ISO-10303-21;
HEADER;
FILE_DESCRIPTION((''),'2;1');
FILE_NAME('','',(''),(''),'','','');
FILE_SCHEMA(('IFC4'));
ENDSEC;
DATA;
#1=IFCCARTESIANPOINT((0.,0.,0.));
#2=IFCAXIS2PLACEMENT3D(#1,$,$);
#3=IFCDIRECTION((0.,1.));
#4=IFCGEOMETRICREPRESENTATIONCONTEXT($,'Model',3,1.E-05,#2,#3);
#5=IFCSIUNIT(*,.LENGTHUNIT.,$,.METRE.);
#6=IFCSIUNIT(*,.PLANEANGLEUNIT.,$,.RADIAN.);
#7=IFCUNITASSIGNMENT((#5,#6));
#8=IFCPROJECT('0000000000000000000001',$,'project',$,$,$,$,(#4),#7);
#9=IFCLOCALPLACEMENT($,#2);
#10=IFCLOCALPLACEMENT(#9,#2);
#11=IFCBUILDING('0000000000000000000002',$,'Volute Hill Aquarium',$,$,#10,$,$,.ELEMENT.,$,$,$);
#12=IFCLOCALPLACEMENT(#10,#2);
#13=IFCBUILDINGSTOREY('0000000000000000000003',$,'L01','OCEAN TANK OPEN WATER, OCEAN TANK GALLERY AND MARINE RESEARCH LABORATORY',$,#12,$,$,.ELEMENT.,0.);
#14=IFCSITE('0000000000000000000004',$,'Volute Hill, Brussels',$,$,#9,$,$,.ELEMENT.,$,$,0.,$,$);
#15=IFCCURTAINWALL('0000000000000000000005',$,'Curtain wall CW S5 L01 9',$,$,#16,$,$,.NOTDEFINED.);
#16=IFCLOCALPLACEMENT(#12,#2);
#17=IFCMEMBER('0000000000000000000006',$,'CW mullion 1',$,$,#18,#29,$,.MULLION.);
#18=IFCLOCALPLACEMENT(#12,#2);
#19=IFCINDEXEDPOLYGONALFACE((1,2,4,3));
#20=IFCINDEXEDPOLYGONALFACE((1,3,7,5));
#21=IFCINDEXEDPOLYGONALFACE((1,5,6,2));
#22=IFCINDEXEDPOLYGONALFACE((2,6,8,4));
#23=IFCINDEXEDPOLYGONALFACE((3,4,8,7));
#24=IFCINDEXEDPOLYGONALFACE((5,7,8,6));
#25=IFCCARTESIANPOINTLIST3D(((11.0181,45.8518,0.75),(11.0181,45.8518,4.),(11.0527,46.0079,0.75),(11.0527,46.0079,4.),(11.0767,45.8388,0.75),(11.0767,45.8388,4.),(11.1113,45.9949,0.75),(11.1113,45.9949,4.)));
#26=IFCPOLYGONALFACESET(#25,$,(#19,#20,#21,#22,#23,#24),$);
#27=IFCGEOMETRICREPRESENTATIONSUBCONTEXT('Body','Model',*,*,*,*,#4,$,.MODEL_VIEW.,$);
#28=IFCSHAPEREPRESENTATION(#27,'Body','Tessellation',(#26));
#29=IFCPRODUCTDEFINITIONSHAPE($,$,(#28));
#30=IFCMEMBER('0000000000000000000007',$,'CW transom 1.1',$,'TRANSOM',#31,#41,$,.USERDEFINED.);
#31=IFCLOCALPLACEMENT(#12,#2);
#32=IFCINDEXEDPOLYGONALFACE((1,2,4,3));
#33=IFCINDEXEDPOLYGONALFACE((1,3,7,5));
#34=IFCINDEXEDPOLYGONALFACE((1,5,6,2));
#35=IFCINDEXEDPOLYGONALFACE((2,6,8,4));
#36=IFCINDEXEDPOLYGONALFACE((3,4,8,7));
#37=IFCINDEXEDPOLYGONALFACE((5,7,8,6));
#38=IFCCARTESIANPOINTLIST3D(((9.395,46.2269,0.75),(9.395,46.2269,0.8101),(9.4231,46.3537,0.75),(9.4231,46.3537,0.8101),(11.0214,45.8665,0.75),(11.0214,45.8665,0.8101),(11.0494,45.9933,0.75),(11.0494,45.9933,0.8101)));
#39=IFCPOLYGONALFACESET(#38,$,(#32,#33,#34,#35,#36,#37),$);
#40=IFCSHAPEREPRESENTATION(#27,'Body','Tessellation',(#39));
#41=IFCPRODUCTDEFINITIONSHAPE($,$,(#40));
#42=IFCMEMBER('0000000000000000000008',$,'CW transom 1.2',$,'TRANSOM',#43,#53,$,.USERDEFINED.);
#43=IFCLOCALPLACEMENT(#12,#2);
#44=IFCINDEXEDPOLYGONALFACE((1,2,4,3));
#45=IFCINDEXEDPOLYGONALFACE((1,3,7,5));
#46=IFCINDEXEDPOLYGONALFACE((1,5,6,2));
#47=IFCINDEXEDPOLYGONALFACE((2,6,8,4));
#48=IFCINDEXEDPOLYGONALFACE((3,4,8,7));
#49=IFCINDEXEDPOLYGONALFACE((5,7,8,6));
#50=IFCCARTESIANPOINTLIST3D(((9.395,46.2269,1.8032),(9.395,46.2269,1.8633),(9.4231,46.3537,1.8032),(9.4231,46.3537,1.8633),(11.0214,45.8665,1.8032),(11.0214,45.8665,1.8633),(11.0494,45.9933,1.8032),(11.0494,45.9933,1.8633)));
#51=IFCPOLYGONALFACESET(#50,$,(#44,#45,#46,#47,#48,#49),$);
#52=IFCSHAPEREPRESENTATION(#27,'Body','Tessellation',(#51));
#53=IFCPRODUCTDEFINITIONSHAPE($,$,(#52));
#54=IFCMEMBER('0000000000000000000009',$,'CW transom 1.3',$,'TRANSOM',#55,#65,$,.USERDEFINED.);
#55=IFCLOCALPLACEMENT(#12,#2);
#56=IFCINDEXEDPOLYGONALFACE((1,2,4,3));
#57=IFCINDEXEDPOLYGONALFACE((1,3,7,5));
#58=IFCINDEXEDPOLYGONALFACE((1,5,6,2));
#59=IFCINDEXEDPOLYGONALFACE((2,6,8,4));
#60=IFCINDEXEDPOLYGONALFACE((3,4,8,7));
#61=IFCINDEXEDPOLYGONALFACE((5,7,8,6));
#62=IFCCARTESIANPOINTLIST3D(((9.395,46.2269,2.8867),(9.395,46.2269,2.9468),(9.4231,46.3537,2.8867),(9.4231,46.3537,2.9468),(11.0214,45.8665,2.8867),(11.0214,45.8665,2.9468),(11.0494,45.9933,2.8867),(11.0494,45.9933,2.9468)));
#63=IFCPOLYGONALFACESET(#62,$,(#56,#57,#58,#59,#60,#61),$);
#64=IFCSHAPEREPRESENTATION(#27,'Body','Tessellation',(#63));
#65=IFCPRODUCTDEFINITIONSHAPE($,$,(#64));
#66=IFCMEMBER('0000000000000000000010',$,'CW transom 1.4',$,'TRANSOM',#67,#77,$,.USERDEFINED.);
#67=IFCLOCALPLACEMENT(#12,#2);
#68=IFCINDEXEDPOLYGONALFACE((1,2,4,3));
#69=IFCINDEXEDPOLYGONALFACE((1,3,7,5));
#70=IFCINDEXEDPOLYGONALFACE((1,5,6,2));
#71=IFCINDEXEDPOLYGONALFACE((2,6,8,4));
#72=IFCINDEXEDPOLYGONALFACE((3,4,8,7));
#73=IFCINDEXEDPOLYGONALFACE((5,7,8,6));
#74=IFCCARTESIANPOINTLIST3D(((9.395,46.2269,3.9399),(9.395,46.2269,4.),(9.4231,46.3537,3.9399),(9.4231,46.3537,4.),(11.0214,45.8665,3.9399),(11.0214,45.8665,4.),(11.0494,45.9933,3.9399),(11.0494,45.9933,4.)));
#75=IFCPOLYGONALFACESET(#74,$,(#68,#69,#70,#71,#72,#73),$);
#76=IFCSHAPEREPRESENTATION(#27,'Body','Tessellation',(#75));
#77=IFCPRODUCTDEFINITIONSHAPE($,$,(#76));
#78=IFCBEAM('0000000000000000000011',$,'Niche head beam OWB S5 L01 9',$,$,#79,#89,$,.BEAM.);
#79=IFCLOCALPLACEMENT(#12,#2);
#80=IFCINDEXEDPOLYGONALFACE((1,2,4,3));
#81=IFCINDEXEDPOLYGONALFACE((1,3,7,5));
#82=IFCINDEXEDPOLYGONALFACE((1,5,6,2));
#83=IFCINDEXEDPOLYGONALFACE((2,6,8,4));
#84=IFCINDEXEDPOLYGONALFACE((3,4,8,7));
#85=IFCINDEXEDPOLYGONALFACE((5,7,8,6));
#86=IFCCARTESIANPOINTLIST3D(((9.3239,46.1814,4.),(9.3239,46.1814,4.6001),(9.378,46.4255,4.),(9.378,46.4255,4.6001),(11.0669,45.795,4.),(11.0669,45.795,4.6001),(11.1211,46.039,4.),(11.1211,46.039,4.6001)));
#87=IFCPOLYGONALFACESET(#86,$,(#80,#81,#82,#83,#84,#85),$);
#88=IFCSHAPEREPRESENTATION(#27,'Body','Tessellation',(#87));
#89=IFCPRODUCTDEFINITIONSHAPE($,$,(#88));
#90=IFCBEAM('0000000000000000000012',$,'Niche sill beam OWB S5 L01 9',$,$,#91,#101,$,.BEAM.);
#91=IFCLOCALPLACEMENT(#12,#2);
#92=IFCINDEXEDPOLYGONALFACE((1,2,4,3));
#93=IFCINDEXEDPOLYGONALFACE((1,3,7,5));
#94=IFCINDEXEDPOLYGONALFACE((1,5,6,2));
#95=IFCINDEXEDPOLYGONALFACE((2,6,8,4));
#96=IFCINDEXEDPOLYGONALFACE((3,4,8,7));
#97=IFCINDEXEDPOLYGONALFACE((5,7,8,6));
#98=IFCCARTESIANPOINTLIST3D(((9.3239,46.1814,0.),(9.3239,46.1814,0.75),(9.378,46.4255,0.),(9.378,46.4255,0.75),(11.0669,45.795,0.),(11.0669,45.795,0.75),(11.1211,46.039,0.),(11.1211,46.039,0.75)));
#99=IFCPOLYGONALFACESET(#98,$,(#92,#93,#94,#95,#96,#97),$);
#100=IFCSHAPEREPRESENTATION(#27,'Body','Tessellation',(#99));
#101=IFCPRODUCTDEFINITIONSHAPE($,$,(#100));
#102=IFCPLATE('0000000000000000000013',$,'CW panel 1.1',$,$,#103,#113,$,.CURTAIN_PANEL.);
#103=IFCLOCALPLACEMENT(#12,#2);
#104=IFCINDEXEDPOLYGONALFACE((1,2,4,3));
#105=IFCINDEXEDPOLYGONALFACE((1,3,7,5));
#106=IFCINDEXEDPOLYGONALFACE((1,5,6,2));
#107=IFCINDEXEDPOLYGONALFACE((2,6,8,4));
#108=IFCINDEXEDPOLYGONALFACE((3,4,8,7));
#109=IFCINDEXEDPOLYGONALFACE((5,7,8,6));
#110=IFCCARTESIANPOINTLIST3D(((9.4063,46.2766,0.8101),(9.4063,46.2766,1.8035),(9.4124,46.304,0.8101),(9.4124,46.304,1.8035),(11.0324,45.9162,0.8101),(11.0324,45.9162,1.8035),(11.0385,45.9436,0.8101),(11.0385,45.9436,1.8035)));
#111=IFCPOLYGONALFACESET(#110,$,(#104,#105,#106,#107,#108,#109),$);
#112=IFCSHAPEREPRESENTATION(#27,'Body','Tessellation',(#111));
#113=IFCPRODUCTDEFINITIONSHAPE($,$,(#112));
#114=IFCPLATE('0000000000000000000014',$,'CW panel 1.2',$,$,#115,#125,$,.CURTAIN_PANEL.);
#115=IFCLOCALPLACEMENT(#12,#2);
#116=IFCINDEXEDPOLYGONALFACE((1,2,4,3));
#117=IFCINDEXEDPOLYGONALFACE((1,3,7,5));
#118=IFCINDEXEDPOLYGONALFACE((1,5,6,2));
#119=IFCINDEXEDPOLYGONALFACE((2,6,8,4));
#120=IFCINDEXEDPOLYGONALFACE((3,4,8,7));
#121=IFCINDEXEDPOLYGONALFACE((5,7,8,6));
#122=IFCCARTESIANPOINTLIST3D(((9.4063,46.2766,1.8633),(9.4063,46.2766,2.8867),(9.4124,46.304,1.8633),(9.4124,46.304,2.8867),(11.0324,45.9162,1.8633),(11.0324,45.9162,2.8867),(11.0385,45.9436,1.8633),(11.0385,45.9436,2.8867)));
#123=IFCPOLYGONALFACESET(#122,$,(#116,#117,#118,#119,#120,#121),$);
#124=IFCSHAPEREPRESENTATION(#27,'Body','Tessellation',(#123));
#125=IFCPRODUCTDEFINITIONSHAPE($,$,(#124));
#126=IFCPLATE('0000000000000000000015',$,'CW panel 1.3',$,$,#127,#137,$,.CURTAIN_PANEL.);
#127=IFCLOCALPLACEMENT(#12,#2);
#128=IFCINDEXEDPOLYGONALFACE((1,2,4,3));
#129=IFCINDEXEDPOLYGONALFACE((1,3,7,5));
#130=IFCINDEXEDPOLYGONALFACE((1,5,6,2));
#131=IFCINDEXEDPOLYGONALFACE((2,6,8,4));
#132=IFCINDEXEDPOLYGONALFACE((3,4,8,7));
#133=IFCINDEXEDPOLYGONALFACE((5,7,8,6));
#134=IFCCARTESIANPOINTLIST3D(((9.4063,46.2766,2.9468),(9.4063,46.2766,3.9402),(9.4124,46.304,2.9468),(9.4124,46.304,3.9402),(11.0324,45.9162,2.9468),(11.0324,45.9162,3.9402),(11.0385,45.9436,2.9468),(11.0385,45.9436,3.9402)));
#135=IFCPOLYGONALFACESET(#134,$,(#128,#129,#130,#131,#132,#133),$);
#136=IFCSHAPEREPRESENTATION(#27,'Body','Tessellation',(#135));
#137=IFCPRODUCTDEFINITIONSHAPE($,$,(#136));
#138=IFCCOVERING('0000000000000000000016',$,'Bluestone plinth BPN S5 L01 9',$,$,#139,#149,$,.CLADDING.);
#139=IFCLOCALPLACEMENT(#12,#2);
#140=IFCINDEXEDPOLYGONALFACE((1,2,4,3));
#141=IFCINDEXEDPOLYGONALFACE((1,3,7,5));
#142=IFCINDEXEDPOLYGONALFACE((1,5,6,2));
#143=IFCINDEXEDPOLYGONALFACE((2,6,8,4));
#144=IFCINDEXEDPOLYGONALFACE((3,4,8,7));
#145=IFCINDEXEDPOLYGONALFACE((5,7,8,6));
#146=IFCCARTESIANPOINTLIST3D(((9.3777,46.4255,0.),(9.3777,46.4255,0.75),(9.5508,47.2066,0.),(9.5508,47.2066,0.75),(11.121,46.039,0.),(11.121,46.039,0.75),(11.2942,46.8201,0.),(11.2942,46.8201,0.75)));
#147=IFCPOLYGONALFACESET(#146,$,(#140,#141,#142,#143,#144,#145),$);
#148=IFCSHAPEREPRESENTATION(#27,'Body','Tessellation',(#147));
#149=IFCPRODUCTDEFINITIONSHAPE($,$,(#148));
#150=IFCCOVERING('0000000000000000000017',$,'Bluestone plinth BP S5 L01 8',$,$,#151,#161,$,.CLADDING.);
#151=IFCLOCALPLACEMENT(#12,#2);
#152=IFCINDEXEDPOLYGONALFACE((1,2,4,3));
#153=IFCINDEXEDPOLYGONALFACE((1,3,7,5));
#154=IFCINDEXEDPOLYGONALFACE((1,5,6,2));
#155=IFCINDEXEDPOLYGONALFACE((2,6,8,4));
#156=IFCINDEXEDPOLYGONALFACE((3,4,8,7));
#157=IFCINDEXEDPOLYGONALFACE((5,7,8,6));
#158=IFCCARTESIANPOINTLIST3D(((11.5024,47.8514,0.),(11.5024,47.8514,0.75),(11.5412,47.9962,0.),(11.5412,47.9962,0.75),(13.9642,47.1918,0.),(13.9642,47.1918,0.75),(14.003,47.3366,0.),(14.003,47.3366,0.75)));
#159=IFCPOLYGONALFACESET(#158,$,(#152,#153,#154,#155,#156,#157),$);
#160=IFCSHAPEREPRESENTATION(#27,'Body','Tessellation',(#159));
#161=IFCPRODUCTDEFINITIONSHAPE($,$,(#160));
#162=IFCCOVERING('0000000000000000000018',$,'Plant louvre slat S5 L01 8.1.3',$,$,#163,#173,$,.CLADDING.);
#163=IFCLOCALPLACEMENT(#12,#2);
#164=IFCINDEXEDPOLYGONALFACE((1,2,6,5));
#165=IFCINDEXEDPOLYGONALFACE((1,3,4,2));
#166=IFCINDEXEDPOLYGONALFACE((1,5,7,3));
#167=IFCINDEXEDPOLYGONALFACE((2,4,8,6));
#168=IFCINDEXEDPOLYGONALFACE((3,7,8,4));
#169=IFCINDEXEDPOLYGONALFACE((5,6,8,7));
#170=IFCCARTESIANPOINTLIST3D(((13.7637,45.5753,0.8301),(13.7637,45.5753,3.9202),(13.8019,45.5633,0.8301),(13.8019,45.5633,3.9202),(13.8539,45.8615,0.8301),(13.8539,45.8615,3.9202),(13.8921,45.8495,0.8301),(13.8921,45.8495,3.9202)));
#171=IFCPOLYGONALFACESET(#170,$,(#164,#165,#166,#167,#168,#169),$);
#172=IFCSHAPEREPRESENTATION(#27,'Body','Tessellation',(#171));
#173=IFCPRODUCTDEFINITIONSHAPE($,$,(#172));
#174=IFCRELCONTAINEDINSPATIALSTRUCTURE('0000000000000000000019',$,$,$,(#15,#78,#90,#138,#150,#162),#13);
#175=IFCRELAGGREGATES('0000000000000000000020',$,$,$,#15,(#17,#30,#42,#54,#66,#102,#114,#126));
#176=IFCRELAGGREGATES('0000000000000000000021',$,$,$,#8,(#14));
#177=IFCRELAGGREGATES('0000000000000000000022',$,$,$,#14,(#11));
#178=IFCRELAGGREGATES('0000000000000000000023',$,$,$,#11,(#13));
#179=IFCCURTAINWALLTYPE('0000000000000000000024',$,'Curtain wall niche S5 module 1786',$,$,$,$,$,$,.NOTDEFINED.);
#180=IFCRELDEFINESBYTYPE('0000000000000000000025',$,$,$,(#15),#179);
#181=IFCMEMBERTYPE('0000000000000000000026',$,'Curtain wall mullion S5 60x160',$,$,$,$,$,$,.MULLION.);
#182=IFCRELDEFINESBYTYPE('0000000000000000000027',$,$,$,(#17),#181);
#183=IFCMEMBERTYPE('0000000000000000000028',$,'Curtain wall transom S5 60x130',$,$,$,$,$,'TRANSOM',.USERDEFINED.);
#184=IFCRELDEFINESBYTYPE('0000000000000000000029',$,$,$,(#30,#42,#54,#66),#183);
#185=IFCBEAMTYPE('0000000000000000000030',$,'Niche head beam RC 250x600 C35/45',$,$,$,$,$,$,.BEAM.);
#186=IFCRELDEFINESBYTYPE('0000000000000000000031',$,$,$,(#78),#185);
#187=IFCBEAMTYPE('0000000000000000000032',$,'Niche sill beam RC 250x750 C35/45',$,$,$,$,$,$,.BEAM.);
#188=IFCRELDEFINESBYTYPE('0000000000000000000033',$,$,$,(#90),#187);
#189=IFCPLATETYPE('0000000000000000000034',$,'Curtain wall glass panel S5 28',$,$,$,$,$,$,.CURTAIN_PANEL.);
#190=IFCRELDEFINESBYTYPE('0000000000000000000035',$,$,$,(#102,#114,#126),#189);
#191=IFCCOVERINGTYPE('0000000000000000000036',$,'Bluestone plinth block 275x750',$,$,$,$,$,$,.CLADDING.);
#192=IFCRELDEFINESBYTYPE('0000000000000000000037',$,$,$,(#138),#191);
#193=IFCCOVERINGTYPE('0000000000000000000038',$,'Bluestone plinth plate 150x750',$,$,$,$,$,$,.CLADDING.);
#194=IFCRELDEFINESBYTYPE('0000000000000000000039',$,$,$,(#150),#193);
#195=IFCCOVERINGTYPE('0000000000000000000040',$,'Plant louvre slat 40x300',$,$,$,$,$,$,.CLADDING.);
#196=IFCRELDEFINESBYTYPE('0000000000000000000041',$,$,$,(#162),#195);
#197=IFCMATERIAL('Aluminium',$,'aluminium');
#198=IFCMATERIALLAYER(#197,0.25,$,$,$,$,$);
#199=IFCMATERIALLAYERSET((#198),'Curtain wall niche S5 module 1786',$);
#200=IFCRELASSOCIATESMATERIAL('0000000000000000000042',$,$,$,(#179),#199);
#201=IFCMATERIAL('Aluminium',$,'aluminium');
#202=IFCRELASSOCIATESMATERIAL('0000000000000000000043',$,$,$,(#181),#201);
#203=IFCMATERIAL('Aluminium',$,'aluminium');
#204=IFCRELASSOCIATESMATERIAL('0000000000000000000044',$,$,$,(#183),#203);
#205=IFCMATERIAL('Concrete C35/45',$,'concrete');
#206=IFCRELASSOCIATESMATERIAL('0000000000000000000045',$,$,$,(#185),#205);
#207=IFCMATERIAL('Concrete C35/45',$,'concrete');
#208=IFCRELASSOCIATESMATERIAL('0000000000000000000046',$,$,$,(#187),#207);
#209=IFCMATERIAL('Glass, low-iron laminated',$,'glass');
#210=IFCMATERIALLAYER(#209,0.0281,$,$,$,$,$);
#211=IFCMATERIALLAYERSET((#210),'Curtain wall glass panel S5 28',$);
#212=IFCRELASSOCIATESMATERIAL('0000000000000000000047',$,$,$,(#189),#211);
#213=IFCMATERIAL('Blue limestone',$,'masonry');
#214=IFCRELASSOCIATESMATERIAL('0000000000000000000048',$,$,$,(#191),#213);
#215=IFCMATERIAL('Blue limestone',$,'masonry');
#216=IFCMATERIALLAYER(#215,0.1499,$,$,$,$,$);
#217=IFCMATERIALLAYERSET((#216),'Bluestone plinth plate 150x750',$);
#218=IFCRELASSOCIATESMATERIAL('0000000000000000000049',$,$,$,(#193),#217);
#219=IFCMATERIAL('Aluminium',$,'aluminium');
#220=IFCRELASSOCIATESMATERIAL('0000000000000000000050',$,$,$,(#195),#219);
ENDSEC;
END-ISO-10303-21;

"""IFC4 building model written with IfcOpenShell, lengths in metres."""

from ifc_helpers import new_model, si_unit, direction, frame, origin, origin_2d, place, context, subcontext, project, spatial, rectangle, extrude, material, layer, layer_set, material_profile, profile_set, type_object, element, aggregate, save


model = new_model("IFC4")

# Units and contexts
model_context = context("Model", 3, precision=1e-05, world=origin(), true_north=direction((0.0, 1.0)))
body_context = subcontext(model_context, "Body", "Model", "MODEL_VIEW")
ifc_project = project(units=[si_unit("LENGTHUNIT", "METRE"), si_unit("PLANEANGLEUNIT", "RADIAN")], contexts=[model_context])

# Site, building, storey
site_placement = place(None, origin())
site = spatial("IfcSite", under=ifc_project, at=site_placement, Name="Volute Hill, Brussels", CompositionType="ELEMENT", RefElevation=0.0)
building_placement = place(site_placement, origin())
building = spatial("IfcBuilding", under=site, at=building_placement, Name="Volute Hill Aquarium", CompositionType="ELEMENT")
storey_placement = place(building_placement, origin())
storey = spatial("IfcBuildingStorey", under=building, at=storey_placement, Name="L01", Description="OCEAN TANK OPEN WATER, OCEAN TANK GALLERY AND MARINE RESEARCH LABORATORY", CompositionType="ELEMENT", Elevation=0.0)

# Curtain wall, members
ifc_material_1 = material(Name="Aluminium", Category="aluminium")
ifc_layer_1 = layer(ifc_material_1, 0.25)
ifc_layer_set_1 = layer_set([ifc_layer_1], Name="Curtain wall niche S5 module 1786")
curtain_wall_type = type_object("IfcCurtainWallType", Name="Curtain wall niche S5 module 1786", PredefinedType="NOTDEFINED", material=ifc_layer_set_1)
curtain_wall_placement = place(storey_placement, origin())
curtain_wall = element("IfcCurtainWall", 1, at=curtain_wall_placement, inside=storey, type_object=curtain_wall_type, Name="Curtain wall CW S5 L01 9", PredefinedType="NOTDEFINED")
ifc_material_2 = material(Name="Aluminium", Category="aluminium")
ifc_material_profile_1 = material_profile(ifc_material_2, rectangle(XDim=0.1599, YDim=0.0601, at=origin_2d()), Name="Curtain wall mullion S5 60x160")
ifc_profile_set_1 = profile_set([ifc_material_profile_1], Name="Aluminium")
member_type_1 = type_object("IfcMemberType", Name="Curtain wall mullion S5 60x160", PredefinedType="MULLION", material=ifc_profile_set_1)
member_1_placement = place(storey_placement, frame((11.0647, 45.9233, 0.75), z_axis=(0.0, 0.0, 1.0), x_axis=(-0.216422, -0.9763, 0.0)))
member_1 = element("IfcMember", 2, at=member_1_placement, type_object=member_type_1, Name="CW mullion 1", PredefinedType="MULLION", context=body_context, shape_type="SweptSolid", body=[
    extrude(rectangle(XDim=0.1599, YDim=0.0601, at=origin_2d()), origin(), (0.0, 0.0, 1.0), 3.25),
])
ifc_material_3 = material(Name="Aluminium", Category="aluminium")
ifc_material_profile_2 = material_profile(ifc_material_3, rectangle(XDim=0.1299, YDim=0.0601, at=origin_2d()), Name="Curtain wall transom S5 60x130")
ifc_profile_set_2 = profile_set([ifc_material_profile_2], Name="Aluminium")
member_type_2 = type_object("IfcMemberType", Name="Curtain wall transom S5 60x130", ElementType="TRANSOM", PredefinedType="USERDEFINED", material=ifc_profile_set_2)
member_2_placement = place(storey_placement, frame((11.0354, 45.9299, 0.78), z_axis=(-0.976318, 0.216341, 0.0), x_axis=(-0.216341, -0.976318, 0.0)))
member_2 = element("IfcMember", 3, at=member_2_placement, type_object=member_type_2, Name="CW transom 1.1", ObjectType="TRANSOM", PredefinedType="USERDEFINED", context=body_context, shape_type="SweptSolid", body=[
    extrude(rectangle(XDim=0.1299, YDim=0.0601, at=origin_2d()), origin(), (0.0, 0.0, 1.0), 1.6658),
])
member_3_placement = place(storey_placement, frame((11.0354, 45.9299, 1.8333), z_axis=(-0.976318, 0.216341, 0.0), x_axis=(-0.216341, -0.976318, 0.0)))
member_3 = element("IfcMember", 4, at=member_3_placement, type_object=member_type_2, Name="CW transom 1.2", ObjectType="TRANSOM", PredefinedType="USERDEFINED", context=body_context, shape_type="SweptSolid", body=[
    extrude(rectangle(XDim=0.1299, YDim=0.0601, at=origin_2d()), origin(), (0.0, 0.0, 1.0), 1.6658),
])
member_4_placement = place(storey_placement, frame((11.0354, 45.9299, 2.9167), z_axis=(-0.976318, 0.216341, 0.0), x_axis=(-0.216341, -0.976318, 0.0)))
member_4 = element("IfcMember", 5, at=member_4_placement, type_object=member_type_2, Name="CW transom 1.3", ObjectType="TRANSOM", PredefinedType="USERDEFINED", context=body_context, shape_type="SweptSolid", body=[
    extrude(rectangle(XDim=0.1299, YDim=0.0601, at=origin_2d()), origin(), (0.0, 0.0, 1.0), 1.6658),
])
member_5_placement = place(storey_placement, frame((11.0354, 45.9299, 3.97), z_axis=(-0.976318, 0.216341, 0.0), x_axis=(-0.216341, -0.976318, 0.0)))
member_5 = element("IfcMember", 6, at=member_5_placement, type_object=member_type_2, Name="CW transom 1.4", ObjectType="TRANSOM", PredefinedType="USERDEFINED", context=body_context, shape_type="SweptSolid", body=[
    extrude(rectangle(XDim=0.1299, YDim=0.0601, at=origin_2d()), origin(), (0.0, 0.0, 1.0), 1.6658),
])

# Beams
ifc_material_4 = material(Name="Concrete C35/45", Category="concrete")
ifc_material_profile_3 = material_profile(ifc_material_4, rectangle(XDim=0.25, YDim=0.6001, at=origin_2d()), Name="RC beam 250x600")
ifc_profile_set_3 = profile_set([ifc_material_profile_3], Name="Concrete C35/45")
beam_type_1 = type_object("IfcBeamType", Name="Niche head beam RC 250x600 C35/45", PredefinedType="BEAM", material=ifc_profile_set_3)
beam_1_placement = place(storey_placement, frame((11.094, 45.917, 4.3), z_axis=(-0.976293, 0.216453, 0.0), x_axis=(-0.216453, -0.976293, 0.0)))
element("IfcBeam", 7, at=beam_1_placement, inside=storey, type_object=beam_type_1, Name="Niche head beam OWB S5 L01 9", PredefinedType="BEAM", context=body_context, shape_type="SweptSolid", body=[
    extrude(rectangle(XDim=0.25, YDim=0.6001, at=origin_2d()), origin(), (0.0, 0.0, 1.0), 1.7854),
])
ifc_material_5 = material(Name="Concrete C35/45", Category="concrete")
ifc_material_profile_4 = material_profile(ifc_material_5, rectangle(XDim=0.25, YDim=0.75, at=origin_2d()), Name="RC beam 250x750")
ifc_profile_set_4 = profile_set([ifc_material_profile_4], Name="Concrete C35/45")
beam_type_2 = type_object("IfcBeamType", Name="Niche sill beam RC 250x750 C35/45", PredefinedType="BEAM", material=ifc_profile_set_4)
beam_2_placement = place(storey_placement, frame((11.094, 45.917, 0.375), z_axis=(-0.976293, 0.216453, 0.0), x_axis=(-0.216453, -0.976293, 0.0)))
element("IfcBeam", 8, at=beam_2_placement, inside=storey, type_object=beam_type_2, Name="Niche sill beam OWB S5 L01 9", PredefinedType="BEAM", context=body_context, shape_type="SweptSolid", body=[
    extrude(rectangle(XDim=0.25, YDim=0.75, at=origin_2d()), origin(), (0.0, 0.0, 1.0), 1.7854),
])

# Plates
ifc_material_6 = material(Name="Glass, low-iron laminated", Category="glass")
ifc_layer_2 = layer(ifc_material_6, 0.0281)
ifc_layer_set_2 = layer_set([ifc_layer_2], Name="Curtain wall glass panel S5 28")
plate_type = type_object("IfcPlateType", Name="Curtain wall glass panel S5 28", PredefinedType="CURTAIN_PANEL", material=ifc_layer_set_2)
plate_1_placement = place(storey_placement, frame((10.2224, 46.1101, 0.8101), z_axis=(0.0, 0.0, 1.0), x_axis=(-0.9763, 0.216422, 0.0)))
plate_1 = element("IfcPlate", 9, at=plate_1_placement, type_object=plate_type, Name="CW panel 1.1", PredefinedType="CURTAIN_PANEL", context=body_context, shape_type="SweptSolid", body=[
    extrude(rectangle(XDim=1.6655, YDim=0.0281, at=origin_2d()), origin(), (0.0, 0.0, 1.0), 0.9934),
])
plate_2_placement = place(storey_placement, frame((10.2224, 46.1101, 1.8633), z_axis=(0.0, 0.0, 1.0), x_axis=(-0.9763, 0.216422, 0.0)))
plate_2 = element("IfcPlate", 10, at=plate_2_placement, type_object=plate_type, Name="CW panel 1.2", PredefinedType="CURTAIN_PANEL", context=body_context, shape_type="SweptSolid", body=[
    extrude(rectangle(XDim=1.6655, YDim=0.0281, at=origin_2d()), origin(), (0.0, 0.0, 1.0), 1.0234),
])
plate_3_placement = place(storey_placement, frame((10.2224, 46.1101, 2.9468), z_axis=(0.0, 0.0, 1.0), x_axis=(-0.9763, 0.216422, 0.0)))
plate_3 = element("IfcPlate", 11, at=plate_3_placement, type_object=plate_type, Name="CW panel 1.3", PredefinedType="CURTAIN_PANEL", context=body_context, shape_type="SweptSolid", body=[
    extrude(rectangle(XDim=1.6655, YDim=0.0281, at=origin_2d()), origin(), (0.0, 0.0, 1.0), 0.9934),
])
aggregate(curtain_wall, [member_1, member_2, member_3, member_4, member_5, plate_1, plate_2, plate_3])

# Coverings
ifc_material_7 = material(Name="Blue limestone", Category="masonry")
covering_type_1 = type_object("IfcCoveringType", Name="Bluestone plinth block 275x750", PredefinedType="CLADDING", material=ifc_material_7)
covering_1_placement = place(storey_placement, frame((10.3359, 46.6228, 0.0), z_axis=(0.0, 0.0, 1.0), x_axis=(-0.9763, 0.216423, 0.0)))
element("IfcCovering", 12, at=covering_1_placement, inside=storey, type_object=covering_type_1, Name="Bluestone plinth BPN S5 L01 9", PredefinedType="CLADDING", context=body_context, shape_type="SweptSolid", body=[
    extrude(rectangle(XDim=1.7856, YDim=0.8, at=origin_2d()), origin(), (0.0, 0.0, 1.0), 0.75),
])
ifc_material_8 = material(Name="Blue limestone", Category="masonry")
ifc_layer_3 = layer(ifc_material_8, 0.1499)
ifc_layer_set_3 = layer_set([ifc_layer_3], Name="Bluestone plinth plate 150x750")
covering_type_2 = type_object("IfcCoveringType", Name="Bluestone plinth plate 150x750", PredefinedType="CLADDING", material=ifc_layer_set_3)
covering_2_placement = place(storey_placement, frame((12.7527, 47.594, 0.0), z_axis=(0.0, 0.0, 1.0), x_axis=(-0.965926, 0.258819, 0.0)))
element("IfcCovering", 13, at=covering_2_placement, inside=storey, type_object=covering_type_2, Name="Bluestone plinth BP S5 L01 8", PredefinedType="CLADDING", context=body_context, shape_type="SweptSolid", body=[
    extrude(rectangle(XDim=2.5486, YDim=0.1499, at=origin_2d()), origin(), (0.0, 0.0, 1.0), 0.75),
])
ifc_material_9 = material(Name="Aluminium", Category="aluminium")
covering_type_3 = type_object("IfcCoveringType", Name="Plant louvre slat 40x300", PredefinedType="CLADDING", material=ifc_material_9)
for number, where, z_axis, x_axis, name in (
    (14, (13.8279, 45.7124, 0.8301), (0.0, 0.0, 1.0), (-0.953718, 0.300704, 0.0), "Plant louvre slat S5 L01 8.1.3"),
):
    element("IfcCovering", number, at=place(storey_placement, frame(where, z_axis=z_axis, x_axis=x_axis)), inside=storey, type_object=covering_type_3, Name=name, PredefinedType="CLADDING", context=body_context, shape_type="SweptSolid", body=[
        extrude(rectangle(XDim=0.04, YDim=0.3, at=origin_2d()), origin(), (0.0, 0.0, 1.0), 3.0901),
    ])

save(model, "model.ifc")
